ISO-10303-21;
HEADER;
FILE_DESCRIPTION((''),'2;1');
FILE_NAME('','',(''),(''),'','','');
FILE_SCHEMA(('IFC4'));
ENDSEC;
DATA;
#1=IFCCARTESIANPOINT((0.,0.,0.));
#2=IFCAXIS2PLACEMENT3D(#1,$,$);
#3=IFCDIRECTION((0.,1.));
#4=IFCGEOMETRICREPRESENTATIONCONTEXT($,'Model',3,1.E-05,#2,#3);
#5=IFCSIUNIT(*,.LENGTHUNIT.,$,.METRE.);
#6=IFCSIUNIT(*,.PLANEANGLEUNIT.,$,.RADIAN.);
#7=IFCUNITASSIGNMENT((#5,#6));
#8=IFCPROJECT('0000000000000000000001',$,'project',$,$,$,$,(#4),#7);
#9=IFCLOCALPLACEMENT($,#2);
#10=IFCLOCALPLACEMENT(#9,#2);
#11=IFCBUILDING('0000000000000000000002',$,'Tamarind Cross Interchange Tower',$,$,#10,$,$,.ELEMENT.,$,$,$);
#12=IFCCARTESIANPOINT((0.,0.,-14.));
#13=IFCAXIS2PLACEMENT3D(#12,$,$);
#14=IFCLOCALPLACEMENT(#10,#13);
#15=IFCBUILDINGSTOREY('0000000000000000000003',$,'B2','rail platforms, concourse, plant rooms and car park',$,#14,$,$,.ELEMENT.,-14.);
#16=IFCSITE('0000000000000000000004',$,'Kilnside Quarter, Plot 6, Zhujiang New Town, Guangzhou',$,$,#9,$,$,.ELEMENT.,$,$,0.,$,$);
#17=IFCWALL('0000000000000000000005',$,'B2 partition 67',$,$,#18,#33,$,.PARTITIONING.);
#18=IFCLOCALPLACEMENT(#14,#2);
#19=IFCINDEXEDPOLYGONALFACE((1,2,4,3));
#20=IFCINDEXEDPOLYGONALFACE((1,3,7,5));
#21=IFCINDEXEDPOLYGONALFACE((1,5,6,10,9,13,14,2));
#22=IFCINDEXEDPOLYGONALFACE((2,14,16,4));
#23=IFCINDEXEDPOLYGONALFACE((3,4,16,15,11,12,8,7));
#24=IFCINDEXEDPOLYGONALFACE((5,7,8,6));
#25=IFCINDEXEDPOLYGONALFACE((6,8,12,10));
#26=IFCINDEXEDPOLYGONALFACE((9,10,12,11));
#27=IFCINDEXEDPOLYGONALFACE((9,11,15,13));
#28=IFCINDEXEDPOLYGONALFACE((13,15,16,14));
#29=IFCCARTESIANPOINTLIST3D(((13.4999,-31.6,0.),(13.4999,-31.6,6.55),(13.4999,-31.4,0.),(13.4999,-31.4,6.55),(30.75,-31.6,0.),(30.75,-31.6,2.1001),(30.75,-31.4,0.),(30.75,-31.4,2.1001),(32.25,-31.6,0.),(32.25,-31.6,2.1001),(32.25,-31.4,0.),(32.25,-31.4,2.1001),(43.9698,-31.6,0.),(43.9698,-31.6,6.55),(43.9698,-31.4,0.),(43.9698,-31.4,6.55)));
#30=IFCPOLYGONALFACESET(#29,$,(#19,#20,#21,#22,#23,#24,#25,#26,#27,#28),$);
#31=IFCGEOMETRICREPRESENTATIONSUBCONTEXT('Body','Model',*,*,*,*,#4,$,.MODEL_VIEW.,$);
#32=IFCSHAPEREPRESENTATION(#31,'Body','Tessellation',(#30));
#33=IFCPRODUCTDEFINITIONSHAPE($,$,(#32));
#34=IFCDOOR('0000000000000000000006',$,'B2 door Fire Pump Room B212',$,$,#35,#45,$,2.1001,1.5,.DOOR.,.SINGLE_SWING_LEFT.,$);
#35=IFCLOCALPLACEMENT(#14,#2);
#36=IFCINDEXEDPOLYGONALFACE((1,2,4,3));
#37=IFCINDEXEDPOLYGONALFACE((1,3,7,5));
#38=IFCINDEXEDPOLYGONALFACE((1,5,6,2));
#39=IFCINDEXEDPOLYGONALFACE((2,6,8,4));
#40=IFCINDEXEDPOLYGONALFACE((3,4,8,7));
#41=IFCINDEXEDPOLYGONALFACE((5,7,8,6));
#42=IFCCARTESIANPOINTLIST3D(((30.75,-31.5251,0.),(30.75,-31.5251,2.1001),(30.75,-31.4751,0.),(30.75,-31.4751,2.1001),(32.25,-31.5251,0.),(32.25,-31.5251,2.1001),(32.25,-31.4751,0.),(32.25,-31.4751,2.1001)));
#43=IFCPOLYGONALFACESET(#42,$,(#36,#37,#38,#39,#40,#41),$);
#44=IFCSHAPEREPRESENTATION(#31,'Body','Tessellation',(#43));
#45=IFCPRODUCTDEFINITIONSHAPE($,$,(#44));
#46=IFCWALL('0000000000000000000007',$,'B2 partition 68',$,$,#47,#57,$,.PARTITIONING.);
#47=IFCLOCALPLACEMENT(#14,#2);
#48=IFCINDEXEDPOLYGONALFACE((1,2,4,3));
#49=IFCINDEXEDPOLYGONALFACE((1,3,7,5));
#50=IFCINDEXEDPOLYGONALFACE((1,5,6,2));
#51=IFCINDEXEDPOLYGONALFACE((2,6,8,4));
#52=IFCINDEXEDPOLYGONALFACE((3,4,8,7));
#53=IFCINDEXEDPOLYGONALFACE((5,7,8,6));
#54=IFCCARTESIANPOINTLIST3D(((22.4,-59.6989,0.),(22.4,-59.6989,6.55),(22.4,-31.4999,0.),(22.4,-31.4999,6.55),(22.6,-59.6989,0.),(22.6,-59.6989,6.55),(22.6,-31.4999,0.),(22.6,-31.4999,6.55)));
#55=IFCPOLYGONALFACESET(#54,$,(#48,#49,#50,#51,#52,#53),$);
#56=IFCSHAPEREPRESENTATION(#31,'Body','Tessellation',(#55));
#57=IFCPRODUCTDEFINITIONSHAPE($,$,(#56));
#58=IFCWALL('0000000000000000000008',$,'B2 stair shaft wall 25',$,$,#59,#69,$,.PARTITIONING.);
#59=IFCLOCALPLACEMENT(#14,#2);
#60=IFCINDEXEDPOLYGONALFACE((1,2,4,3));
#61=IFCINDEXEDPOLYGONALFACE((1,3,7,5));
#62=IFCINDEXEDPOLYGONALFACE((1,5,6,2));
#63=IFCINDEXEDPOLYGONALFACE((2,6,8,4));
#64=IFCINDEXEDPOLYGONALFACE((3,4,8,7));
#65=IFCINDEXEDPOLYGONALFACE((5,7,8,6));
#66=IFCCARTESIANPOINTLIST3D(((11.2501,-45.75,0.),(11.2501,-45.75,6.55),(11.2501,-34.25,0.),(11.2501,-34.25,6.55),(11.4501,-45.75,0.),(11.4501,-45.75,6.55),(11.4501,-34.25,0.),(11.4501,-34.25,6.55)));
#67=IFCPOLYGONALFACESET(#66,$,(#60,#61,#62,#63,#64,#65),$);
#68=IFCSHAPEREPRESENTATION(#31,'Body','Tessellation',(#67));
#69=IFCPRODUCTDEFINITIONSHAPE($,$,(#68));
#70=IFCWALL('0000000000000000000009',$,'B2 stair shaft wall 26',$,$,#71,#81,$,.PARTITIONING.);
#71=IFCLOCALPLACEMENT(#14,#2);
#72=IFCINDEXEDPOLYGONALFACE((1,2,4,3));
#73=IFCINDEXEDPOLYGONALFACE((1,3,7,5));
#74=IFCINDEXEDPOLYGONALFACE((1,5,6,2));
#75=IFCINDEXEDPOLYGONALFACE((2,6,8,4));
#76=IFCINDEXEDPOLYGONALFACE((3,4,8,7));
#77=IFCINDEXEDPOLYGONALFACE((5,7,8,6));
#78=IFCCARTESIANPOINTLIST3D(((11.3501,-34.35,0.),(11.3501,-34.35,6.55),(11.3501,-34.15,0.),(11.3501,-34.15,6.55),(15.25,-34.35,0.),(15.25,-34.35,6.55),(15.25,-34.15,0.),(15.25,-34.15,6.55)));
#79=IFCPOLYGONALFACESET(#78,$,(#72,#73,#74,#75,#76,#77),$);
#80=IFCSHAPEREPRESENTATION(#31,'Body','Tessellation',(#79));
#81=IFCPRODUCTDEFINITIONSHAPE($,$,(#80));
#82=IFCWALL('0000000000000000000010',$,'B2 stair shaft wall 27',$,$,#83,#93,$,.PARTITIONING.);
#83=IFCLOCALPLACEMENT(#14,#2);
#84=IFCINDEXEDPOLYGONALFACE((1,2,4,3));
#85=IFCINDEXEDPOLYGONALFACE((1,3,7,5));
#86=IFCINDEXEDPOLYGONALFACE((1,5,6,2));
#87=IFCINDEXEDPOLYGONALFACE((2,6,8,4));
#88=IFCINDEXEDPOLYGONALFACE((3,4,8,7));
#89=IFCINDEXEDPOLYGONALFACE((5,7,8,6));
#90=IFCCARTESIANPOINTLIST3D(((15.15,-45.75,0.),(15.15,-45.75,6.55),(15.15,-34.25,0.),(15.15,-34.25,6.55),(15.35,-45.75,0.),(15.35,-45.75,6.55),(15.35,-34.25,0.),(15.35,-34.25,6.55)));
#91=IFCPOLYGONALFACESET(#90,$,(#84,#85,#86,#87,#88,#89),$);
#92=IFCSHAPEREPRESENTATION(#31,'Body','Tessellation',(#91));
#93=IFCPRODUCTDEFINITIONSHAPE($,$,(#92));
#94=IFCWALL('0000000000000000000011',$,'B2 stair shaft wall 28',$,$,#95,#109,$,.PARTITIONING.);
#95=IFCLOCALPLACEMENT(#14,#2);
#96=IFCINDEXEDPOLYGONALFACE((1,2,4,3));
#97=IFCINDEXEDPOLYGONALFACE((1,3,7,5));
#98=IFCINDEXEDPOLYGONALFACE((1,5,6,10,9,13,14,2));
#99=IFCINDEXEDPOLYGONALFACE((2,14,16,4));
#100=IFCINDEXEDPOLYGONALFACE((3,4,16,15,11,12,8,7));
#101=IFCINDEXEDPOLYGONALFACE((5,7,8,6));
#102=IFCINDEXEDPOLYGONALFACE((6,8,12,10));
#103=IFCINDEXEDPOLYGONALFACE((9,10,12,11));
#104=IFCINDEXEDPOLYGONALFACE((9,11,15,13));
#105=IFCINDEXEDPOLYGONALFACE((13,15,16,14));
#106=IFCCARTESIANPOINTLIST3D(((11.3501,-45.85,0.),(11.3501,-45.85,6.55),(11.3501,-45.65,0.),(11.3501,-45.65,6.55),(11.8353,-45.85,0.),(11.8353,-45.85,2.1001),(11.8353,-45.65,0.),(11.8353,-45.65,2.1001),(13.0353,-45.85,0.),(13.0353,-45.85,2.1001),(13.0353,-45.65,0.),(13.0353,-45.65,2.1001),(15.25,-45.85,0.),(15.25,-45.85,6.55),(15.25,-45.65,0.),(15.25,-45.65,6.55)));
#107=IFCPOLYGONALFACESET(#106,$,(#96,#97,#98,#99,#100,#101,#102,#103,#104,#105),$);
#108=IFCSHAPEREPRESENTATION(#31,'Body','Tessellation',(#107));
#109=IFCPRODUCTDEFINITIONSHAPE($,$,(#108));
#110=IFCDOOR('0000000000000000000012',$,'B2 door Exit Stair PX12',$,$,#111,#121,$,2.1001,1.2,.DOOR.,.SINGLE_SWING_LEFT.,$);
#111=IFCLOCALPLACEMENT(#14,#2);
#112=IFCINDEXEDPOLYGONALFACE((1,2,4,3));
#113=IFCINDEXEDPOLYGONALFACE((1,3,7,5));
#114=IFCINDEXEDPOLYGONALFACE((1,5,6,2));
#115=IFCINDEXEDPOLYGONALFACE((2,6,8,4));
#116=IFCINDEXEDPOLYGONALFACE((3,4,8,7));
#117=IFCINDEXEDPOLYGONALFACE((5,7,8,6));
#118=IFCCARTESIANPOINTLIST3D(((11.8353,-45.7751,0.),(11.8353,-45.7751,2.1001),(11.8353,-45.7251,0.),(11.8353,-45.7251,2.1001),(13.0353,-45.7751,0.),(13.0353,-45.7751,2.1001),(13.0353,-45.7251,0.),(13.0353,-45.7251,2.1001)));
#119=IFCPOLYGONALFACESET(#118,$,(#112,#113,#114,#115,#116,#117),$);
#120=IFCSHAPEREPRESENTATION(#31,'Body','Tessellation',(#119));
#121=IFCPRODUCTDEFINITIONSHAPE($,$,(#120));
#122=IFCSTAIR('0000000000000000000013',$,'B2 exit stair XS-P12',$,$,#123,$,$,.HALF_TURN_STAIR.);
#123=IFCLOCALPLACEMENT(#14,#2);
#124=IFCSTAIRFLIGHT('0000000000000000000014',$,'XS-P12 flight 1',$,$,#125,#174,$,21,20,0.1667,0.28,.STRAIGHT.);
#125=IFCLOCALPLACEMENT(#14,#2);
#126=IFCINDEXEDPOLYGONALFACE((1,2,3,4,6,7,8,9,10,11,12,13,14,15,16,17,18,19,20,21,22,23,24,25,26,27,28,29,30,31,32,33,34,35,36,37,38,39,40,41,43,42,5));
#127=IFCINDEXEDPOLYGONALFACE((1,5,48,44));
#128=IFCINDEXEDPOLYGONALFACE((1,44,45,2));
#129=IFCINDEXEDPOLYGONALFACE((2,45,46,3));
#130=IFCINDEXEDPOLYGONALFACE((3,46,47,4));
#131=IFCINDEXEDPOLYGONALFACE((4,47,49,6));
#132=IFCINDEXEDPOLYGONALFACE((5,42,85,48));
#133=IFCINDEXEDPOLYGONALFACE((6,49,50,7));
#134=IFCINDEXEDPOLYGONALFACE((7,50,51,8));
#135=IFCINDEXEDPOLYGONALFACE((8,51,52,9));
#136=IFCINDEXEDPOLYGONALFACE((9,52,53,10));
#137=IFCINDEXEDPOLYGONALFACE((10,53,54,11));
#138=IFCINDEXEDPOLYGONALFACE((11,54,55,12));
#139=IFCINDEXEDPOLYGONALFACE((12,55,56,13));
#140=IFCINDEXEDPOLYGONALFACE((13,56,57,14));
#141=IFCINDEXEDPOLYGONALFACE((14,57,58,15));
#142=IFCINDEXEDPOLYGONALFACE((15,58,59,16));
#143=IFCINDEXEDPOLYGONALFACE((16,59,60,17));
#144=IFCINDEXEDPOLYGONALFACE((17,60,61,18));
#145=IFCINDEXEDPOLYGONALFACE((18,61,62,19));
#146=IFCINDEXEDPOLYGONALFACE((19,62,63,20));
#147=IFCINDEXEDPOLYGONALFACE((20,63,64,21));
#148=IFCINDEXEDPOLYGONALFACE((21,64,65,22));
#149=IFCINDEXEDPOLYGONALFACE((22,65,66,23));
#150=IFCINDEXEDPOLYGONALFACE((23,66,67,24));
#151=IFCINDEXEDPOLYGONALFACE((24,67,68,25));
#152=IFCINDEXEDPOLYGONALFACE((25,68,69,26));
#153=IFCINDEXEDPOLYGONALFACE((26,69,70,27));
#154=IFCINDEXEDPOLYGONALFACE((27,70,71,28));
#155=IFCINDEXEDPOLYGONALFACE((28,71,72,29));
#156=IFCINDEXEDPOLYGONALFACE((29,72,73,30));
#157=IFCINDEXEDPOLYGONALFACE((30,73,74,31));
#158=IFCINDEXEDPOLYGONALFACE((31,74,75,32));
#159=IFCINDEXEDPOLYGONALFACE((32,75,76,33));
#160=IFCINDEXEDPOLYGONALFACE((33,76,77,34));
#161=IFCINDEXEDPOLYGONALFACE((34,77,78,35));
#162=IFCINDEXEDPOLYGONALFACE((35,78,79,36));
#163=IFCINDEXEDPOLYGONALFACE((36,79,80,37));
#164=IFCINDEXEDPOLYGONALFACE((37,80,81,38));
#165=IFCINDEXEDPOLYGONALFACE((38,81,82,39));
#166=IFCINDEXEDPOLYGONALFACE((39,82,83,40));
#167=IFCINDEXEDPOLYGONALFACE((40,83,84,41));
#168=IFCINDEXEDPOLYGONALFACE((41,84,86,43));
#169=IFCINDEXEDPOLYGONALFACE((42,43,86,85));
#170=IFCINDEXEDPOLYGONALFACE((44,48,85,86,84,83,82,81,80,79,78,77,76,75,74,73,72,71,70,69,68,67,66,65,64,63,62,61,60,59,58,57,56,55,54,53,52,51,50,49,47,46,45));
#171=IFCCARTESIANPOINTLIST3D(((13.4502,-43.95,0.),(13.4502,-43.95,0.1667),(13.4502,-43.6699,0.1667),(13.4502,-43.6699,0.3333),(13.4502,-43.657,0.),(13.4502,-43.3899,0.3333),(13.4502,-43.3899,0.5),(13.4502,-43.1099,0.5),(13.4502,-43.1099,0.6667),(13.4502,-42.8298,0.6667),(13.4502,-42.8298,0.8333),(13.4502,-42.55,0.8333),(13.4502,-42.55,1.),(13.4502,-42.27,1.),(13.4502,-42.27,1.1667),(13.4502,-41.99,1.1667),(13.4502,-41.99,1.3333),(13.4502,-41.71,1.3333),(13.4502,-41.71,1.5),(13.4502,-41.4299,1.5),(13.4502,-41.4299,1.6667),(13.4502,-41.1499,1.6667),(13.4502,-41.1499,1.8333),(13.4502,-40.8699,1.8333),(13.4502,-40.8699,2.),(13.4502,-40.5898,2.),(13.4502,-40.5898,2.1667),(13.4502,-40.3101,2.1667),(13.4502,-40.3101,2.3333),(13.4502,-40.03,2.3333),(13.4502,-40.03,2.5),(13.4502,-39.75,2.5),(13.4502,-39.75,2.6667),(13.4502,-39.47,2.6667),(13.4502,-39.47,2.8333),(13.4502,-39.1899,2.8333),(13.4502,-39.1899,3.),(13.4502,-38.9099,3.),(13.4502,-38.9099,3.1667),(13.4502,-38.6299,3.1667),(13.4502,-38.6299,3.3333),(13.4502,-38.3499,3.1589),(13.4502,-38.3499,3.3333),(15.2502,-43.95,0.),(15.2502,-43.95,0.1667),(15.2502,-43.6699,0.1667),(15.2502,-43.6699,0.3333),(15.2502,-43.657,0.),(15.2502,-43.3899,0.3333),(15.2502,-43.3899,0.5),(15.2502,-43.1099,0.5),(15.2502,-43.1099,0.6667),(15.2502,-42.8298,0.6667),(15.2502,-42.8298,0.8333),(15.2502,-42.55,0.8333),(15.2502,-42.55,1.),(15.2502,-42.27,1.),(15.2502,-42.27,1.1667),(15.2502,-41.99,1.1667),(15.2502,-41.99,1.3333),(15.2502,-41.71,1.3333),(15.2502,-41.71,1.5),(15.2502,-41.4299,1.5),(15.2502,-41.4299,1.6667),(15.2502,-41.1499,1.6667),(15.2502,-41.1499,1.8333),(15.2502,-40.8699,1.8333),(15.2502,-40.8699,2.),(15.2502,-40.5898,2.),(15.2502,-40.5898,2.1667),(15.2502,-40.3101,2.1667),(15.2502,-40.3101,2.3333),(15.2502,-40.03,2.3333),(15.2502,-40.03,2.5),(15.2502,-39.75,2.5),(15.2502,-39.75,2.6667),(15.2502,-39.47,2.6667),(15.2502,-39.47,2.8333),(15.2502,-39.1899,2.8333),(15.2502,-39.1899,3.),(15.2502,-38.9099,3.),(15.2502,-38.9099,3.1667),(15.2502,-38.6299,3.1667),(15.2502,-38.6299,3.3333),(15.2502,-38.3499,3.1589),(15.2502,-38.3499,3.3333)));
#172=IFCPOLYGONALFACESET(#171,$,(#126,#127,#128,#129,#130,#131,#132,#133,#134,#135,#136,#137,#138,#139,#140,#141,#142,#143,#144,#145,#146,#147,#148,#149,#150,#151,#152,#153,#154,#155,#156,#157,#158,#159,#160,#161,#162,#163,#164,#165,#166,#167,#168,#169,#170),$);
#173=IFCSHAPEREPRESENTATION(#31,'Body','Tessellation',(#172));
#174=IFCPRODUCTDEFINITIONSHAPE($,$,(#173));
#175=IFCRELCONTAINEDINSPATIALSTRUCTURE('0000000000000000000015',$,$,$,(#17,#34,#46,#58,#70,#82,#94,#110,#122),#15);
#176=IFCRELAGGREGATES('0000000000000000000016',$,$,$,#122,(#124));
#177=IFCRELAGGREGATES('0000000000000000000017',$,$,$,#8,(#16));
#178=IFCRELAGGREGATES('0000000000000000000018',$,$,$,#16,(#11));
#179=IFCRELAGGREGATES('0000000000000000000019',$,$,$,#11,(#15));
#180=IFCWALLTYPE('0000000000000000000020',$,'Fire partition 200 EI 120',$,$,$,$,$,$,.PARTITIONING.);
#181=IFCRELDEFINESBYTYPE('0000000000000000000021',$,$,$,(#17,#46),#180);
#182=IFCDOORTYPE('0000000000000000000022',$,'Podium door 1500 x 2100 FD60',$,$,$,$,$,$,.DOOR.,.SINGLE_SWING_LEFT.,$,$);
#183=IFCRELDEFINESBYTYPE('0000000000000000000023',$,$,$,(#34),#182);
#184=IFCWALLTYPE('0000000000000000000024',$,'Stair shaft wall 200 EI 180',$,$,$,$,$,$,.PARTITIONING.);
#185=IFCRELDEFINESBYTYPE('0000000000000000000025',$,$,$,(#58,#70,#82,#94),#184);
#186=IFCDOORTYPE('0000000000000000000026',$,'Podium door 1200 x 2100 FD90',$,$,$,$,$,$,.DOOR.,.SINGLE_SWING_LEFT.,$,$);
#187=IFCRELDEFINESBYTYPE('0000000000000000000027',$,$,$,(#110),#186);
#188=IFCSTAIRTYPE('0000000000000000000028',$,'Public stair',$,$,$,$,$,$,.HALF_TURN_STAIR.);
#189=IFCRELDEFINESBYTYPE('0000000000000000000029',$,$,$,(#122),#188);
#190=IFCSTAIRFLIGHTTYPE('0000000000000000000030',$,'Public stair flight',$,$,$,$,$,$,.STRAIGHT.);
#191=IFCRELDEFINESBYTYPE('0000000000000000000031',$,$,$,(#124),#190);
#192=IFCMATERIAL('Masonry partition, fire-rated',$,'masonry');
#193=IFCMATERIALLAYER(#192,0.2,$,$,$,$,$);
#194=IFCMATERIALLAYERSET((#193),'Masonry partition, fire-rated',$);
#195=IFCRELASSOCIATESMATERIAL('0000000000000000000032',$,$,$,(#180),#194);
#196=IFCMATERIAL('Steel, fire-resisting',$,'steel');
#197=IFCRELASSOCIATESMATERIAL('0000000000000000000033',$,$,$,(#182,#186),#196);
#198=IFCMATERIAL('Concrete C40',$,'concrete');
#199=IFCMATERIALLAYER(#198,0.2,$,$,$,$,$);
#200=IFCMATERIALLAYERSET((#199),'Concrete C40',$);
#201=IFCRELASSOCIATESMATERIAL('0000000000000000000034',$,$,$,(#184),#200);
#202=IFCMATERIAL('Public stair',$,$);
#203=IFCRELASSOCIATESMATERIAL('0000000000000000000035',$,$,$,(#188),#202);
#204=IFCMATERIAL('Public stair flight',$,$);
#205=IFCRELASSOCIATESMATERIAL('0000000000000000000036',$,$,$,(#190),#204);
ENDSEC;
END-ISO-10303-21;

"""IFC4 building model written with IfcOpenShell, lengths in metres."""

from ifc_helpers import new_model, si_unit, direction, frame, frame_2d, origin, place, context, subcontext, project, spatial, polyline, rectangle, outline, extrude, material, layer, layer_set, type_object, element, fill, aggregate, save


model = new_model("IFC4")

# Units and contexts
model_context = context("Model", 3, precision=1e-05, world=origin(), true_north=direction((0.0, 1.0)))
body_context = subcontext(model_context, "Body", "Model", "MODEL_VIEW")
ifc_project = project(units=[si_unit("LENGTHUNIT", "METRE"), si_unit("PLANEANGLEUNIT", "RADIAN")], contexts=[model_context])

# Site, building, storey
site_placement = place(None, origin())
site = spatial("IfcSite", under=ifc_project, at=site_placement, Name="Kilnside Quarter, Plot 6, Zhujiang New Town, Guangzhou", CompositionType="ELEMENT", RefElevation=0.0)
building_placement = place(site_placement, origin())
building = spatial("IfcBuilding", under=site, at=building_placement, Name="Tamarind Cross Interchange Tower", CompositionType="ELEMENT")
storey_placement = place(building_placement, frame((0.0, 0.0, -14.0)))
storey = spatial("IfcBuildingStorey", under=building, at=storey_placement, Name="B2", Description="rail platforms, concourse, plant rooms and car park", CompositionType="ELEMENT", Elevation=-14.0)

# Shared definitions
ifc_material_1 = material(Name="Steel, fire-resisting", Category="steel")

# Shared definitions
ifc_material_2 = material(Name="Masonry partition, fire-rated", Category="masonry")
ifc_layer_1 = layer(ifc_material_2, 0.2)
ifc_layer_set_1 = layer_set([ifc_layer_1], Name="Masonry partition, fire-rated")
wall_type_1 = type_object("IfcWallType", Name="Fire partition 200 EI 120", PredefinedType="PARTITIONING", material=ifc_layer_set_1)

# Wall, opening, door
wall_1_placement = place(storey_placement, frame((13.5, -31.5, 0.0), z_axis=(0.0, 0.0, 1.0), x_axis=(1.0, 0.0, 0.0)))
wall_1 = element("IfcWall", 1, at=wall_1_placement, inside=storey, type_object=wall_type_1, Name="B2 partition 67", PredefinedType="PARTITIONING", context=body_context, shape_type="SweptSolid", body=[
    extrude(rectangle(XDim=30.47, YDim=0.2, at=frame_2d((15.2349, 0.0))), origin(), (0.0, 0.0, 1.0), 6.55),
])
opening_1_placement = place(wall_1_placement, frame((17.25, 0.0, 0.0)))
opening_1 = element("IfcOpeningElement", 2, at=opening_1_placement, cuts=wall_1, PredefinedType="OPENING", context=body_context, shape_type="SweptSolid", body=[
    extrude(rectangle(XDim=1.5, YDim=2.1001, at=frame_2d((0.75, 1.05))), frame((0.0, 0.1099, 0.0), z_axis=(0.0, -1.0, 0.0), x_axis=(1.0, 0.0, 0.0)), (0.0, 0.0, 1.0), 0.22),
])
door_type_1 = type_object("IfcDoorType", Name="Podium door 1500 x 2100 FD60", OperationType="SINGLE_SWING_LEFT", PredefinedType="DOOR", material=ifc_material_1)
door_1_placement = place(opening_1_placement, origin())
door_1 = element("IfcDoor", 3, at=door_1_placement, inside=storey, type_object=door_type_1, Name="B2 door Fire Pump Room B212", OperationType="SINGLE_SWING_LEFT", OverallHeight=2.1001, OverallWidth=1.5, PredefinedType="DOOR", context=body_context, shape_type="SweptSolid", body=[
    extrude(rectangle(XDim=1.5, YDim=2.1001, at=frame_2d((0.75, 1.05))), frame((0.0, 0.0249, 0.0), z_axis=(0.0, -1.0, 0.0), x_axis=(1.0, 0.0, 0.0)), (0.0, 0.0, 1.0), 0.05),
])
fill(opening_1, door_1)

# Walls
wall_2_placement = place(storey_placement, frame((22.5, -59.699, 0.0), z_axis=(0.0, 0.0, 1.0), x_axis=(0.0, 1.0, 0.0)))
element("IfcWall", 4, at=wall_2_placement, inside=storey, type_object=wall_type_1, Name="B2 partition 68", PredefinedType="PARTITIONING", context=body_context, shape_type="SweptSolid", body=[
    extrude(rectangle(XDim=28.199, YDim=0.2, at=frame_2d((14.0996, 0.0))), origin(), (0.0, 0.0, 1.0), 6.55),
])
ifc_material_3 = material(Name="Concrete C40", Category="concrete")
ifc_layer_2 = layer(ifc_material_3, 0.2)
ifc_layer_set_2 = layer_set([ifc_layer_2], Name="Concrete C40")
wall_type_2 = type_object("IfcWallType", Name="Stair shaft wall 200 EI 180", PredefinedType="PARTITIONING", material=ifc_layer_set_2)
wall_3_placement = place(storey_placement, frame((11.3501, -45.75, 0.0), z_axis=(0.0, 0.0, 1.0), x_axis=(0.0, 1.0, 0.0)))
element("IfcWall", 5, at=wall_3_placement, inside=storey, type_object=wall_type_2, Name="B2 stair shaft wall 25", PredefinedType="PARTITIONING", context=body_context, shape_type="SweptSolid", body=[
    extrude(rectangle(XDim=11.5, YDim=0.2, at=frame_2d((5.75, 0.0))), origin(), (0.0, 0.0, 1.0), 6.55),
])
wall_4_placement = place(storey_placement, frame((11.3501, -34.25, 0.0), z_axis=(0.0, 0.0, 1.0), x_axis=(1.0, 0.0, 0.0)))
element("IfcWall", 6, at=wall_4_placement, inside=storey, type_object=wall_type_2, Name="B2 stair shaft wall 26", PredefinedType="PARTITIONING", context=body_context, shape_type="SweptSolid", body=[
    extrude(rectangle(XDim=3.8999, YDim=0.2, at=frame_2d((1.95, 0.0))), origin(), (0.0, 0.0, 1.0), 6.55),
])
wall_5_placement = place(storey_placement, frame((15.25, -45.75, 0.0), z_axis=(0.0, 0.0, 1.0), x_axis=(0.0, 1.0, 0.0)))
element("IfcWall", 7, at=wall_5_placement, inside=storey, type_object=wall_type_2, Name="B2 stair shaft wall 27", PredefinedType="PARTITIONING", context=body_context, shape_type="SweptSolid", body=[
    extrude(rectangle(XDim=11.5, YDim=0.2, at=frame_2d((5.75, 0.0))), origin(), (0.0, 0.0, 1.0), 6.55),
])

# Wall, opening, door
wall_6_placement = place(storey_placement, frame((11.3501, -45.75, 0.0), z_axis=(0.0, 0.0, 1.0), x_axis=(1.0, 0.0, 0.0)))
wall_6 = element("IfcWall", 8, at=wall_6_placement, inside=storey, type_object=wall_type_2, Name="B2 stair shaft wall 28", PredefinedType="PARTITIONING", context=body_context, shape_type="SweptSolid", body=[
    extrude(rectangle(XDim=3.8999, YDim=0.2, at=frame_2d((1.95, 0.0))), origin(), (0.0, 0.0, 1.0), 6.55),
])
opening_2_placement = place(wall_6_placement, frame((0.4851, 0.0, 0.0)))
opening_2 = element("IfcOpeningElement", 9, at=opening_2_placement, cuts=wall_6, PredefinedType="OPENING", context=body_context, shape_type="SweptSolid", body=[
    extrude(rectangle(XDim=1.2, YDim=2.1001, at=frame_2d((0.6001, 1.05))), frame((0.0, 0.1099, 0.0), z_axis=(0.0, -1.0, 0.0), x_axis=(1.0, 0.0, 0.0)), (0.0, 0.0, 1.0), 0.22),
])
door_type_2 = type_object("IfcDoorType", Name="Podium door 1200 x 2100 FD90", OperationType="SINGLE_SWING_LEFT", PredefinedType="DOOR", material=ifc_material_1)
door_2_placement = place(opening_2_placement, origin())
door_2 = element("IfcDoor", 10, at=door_2_placement, inside=storey, type_object=door_type_2, Name="B2 door Exit Stair PX12", OperationType="SINGLE_SWING_LEFT", OverallHeight=2.1001, OverallWidth=1.2, PredefinedType="DOOR", context=body_context, shape_type="SweptSolid", body=[
    extrude(rectangle(XDim=1.2, YDim=2.1001, at=frame_2d((0.6001, 1.05))), frame((0.0, 0.0249, 0.0), z_axis=(0.0, -1.0, 0.0), x_axis=(1.0, 0.0, 0.0)), (0.0, 0.0, 1.0), 0.05),
])
fill(opening_2, door_2)

# Stair, stair flight
ifc_material_4 = material(Name="Public stair")
stair_type = type_object("IfcStairType", Name="Public stair", PredefinedType="HALF_TURN_STAIR", material=ifc_material_4)
stair_placement = place(storey_placement, origin())
stair = element("IfcStair", 11, at=stair_placement, inside=storey, type_object=stair_type, Name="B2 exit stair XS-P12", PredefinedType="HALF_TURN_STAIR")
ifc_material_5 = material(Name="Public stair flight")
stair_flight_type = type_object("IfcStairFlightType", Name="Public stair flight", PredefinedType="STRAIGHT", material=ifc_material_5)
stair_flight_1_placement = place(storey_placement, frame((14.3501, -43.95, 0.0), z_axis=(0.0, 0.0, 1.0), x_axis=(0.0, 1.0, 0.0)))
stair_flight_1 = element("IfcStairFlight", 12, at=stair_flight_1_placement, type_object=stair_flight_type, Name="XS-P12 flight 1", NumberOfRisers=21, NumberOfTreads=20, PredefinedType="STRAIGHT", RiserHeight=0.1667, TreadLength=0.28, context=body_context, shape_type="SweptSolid", body=[
    extrude(outline(polyline([(0.0, 0.0), (0.0, 0.1667), (0.28, 0.1667), (0.28, 0.3333), (0.5601, 0.3333), (0.5601, 0.5), (0.8401, 0.5), (0.8401, 0.6667), (1.1201, 0.6667), (1.1201, 0.8333), (1.3999, 0.8333), (1.3999, 1.0), (1.6799, 1.0), (1.6799, 1.1667), (1.96, 1.1667), (1.96, 1.3333), (2.24, 1.3333), (2.24, 1.5), (2.52, 1.5), (2.52, 1.6667), (2.8, 1.6667), (2.8, 1.8333), (3.0801, 1.8333), (3.0801, 2.0), (3.3601, 2.0), (3.3601, 2.1667), (3.6399, 2.1667), (3.6399, 2.3333), (3.9199, 2.3333), (3.9199, 2.5), (4.2, 2.5), (4.2, 2.6667), (4.48, 2.6667), (4.48, 2.8333), (4.76, 2.8333), (4.76, 3.0), (5.04, 3.0), (5.04, 3.1667), (5.3201, 3.1667), (5.3201, 3.3333), (5.6001, 3.3333), (5.6001, 3.5), (5.6001, 3.1589), (0.293, 0.0), (0.0, 0.0)])), frame((0.0, 0.8999, 0.0), z_axis=(0.0, -1.0, 0.0), x_axis=(1.0, 0.0, 0.0)), (0.0, 0.0, 1.0), 1.8),
])
aggregate(stair, [stair_flight_1])

save(model, "model.ifc")
